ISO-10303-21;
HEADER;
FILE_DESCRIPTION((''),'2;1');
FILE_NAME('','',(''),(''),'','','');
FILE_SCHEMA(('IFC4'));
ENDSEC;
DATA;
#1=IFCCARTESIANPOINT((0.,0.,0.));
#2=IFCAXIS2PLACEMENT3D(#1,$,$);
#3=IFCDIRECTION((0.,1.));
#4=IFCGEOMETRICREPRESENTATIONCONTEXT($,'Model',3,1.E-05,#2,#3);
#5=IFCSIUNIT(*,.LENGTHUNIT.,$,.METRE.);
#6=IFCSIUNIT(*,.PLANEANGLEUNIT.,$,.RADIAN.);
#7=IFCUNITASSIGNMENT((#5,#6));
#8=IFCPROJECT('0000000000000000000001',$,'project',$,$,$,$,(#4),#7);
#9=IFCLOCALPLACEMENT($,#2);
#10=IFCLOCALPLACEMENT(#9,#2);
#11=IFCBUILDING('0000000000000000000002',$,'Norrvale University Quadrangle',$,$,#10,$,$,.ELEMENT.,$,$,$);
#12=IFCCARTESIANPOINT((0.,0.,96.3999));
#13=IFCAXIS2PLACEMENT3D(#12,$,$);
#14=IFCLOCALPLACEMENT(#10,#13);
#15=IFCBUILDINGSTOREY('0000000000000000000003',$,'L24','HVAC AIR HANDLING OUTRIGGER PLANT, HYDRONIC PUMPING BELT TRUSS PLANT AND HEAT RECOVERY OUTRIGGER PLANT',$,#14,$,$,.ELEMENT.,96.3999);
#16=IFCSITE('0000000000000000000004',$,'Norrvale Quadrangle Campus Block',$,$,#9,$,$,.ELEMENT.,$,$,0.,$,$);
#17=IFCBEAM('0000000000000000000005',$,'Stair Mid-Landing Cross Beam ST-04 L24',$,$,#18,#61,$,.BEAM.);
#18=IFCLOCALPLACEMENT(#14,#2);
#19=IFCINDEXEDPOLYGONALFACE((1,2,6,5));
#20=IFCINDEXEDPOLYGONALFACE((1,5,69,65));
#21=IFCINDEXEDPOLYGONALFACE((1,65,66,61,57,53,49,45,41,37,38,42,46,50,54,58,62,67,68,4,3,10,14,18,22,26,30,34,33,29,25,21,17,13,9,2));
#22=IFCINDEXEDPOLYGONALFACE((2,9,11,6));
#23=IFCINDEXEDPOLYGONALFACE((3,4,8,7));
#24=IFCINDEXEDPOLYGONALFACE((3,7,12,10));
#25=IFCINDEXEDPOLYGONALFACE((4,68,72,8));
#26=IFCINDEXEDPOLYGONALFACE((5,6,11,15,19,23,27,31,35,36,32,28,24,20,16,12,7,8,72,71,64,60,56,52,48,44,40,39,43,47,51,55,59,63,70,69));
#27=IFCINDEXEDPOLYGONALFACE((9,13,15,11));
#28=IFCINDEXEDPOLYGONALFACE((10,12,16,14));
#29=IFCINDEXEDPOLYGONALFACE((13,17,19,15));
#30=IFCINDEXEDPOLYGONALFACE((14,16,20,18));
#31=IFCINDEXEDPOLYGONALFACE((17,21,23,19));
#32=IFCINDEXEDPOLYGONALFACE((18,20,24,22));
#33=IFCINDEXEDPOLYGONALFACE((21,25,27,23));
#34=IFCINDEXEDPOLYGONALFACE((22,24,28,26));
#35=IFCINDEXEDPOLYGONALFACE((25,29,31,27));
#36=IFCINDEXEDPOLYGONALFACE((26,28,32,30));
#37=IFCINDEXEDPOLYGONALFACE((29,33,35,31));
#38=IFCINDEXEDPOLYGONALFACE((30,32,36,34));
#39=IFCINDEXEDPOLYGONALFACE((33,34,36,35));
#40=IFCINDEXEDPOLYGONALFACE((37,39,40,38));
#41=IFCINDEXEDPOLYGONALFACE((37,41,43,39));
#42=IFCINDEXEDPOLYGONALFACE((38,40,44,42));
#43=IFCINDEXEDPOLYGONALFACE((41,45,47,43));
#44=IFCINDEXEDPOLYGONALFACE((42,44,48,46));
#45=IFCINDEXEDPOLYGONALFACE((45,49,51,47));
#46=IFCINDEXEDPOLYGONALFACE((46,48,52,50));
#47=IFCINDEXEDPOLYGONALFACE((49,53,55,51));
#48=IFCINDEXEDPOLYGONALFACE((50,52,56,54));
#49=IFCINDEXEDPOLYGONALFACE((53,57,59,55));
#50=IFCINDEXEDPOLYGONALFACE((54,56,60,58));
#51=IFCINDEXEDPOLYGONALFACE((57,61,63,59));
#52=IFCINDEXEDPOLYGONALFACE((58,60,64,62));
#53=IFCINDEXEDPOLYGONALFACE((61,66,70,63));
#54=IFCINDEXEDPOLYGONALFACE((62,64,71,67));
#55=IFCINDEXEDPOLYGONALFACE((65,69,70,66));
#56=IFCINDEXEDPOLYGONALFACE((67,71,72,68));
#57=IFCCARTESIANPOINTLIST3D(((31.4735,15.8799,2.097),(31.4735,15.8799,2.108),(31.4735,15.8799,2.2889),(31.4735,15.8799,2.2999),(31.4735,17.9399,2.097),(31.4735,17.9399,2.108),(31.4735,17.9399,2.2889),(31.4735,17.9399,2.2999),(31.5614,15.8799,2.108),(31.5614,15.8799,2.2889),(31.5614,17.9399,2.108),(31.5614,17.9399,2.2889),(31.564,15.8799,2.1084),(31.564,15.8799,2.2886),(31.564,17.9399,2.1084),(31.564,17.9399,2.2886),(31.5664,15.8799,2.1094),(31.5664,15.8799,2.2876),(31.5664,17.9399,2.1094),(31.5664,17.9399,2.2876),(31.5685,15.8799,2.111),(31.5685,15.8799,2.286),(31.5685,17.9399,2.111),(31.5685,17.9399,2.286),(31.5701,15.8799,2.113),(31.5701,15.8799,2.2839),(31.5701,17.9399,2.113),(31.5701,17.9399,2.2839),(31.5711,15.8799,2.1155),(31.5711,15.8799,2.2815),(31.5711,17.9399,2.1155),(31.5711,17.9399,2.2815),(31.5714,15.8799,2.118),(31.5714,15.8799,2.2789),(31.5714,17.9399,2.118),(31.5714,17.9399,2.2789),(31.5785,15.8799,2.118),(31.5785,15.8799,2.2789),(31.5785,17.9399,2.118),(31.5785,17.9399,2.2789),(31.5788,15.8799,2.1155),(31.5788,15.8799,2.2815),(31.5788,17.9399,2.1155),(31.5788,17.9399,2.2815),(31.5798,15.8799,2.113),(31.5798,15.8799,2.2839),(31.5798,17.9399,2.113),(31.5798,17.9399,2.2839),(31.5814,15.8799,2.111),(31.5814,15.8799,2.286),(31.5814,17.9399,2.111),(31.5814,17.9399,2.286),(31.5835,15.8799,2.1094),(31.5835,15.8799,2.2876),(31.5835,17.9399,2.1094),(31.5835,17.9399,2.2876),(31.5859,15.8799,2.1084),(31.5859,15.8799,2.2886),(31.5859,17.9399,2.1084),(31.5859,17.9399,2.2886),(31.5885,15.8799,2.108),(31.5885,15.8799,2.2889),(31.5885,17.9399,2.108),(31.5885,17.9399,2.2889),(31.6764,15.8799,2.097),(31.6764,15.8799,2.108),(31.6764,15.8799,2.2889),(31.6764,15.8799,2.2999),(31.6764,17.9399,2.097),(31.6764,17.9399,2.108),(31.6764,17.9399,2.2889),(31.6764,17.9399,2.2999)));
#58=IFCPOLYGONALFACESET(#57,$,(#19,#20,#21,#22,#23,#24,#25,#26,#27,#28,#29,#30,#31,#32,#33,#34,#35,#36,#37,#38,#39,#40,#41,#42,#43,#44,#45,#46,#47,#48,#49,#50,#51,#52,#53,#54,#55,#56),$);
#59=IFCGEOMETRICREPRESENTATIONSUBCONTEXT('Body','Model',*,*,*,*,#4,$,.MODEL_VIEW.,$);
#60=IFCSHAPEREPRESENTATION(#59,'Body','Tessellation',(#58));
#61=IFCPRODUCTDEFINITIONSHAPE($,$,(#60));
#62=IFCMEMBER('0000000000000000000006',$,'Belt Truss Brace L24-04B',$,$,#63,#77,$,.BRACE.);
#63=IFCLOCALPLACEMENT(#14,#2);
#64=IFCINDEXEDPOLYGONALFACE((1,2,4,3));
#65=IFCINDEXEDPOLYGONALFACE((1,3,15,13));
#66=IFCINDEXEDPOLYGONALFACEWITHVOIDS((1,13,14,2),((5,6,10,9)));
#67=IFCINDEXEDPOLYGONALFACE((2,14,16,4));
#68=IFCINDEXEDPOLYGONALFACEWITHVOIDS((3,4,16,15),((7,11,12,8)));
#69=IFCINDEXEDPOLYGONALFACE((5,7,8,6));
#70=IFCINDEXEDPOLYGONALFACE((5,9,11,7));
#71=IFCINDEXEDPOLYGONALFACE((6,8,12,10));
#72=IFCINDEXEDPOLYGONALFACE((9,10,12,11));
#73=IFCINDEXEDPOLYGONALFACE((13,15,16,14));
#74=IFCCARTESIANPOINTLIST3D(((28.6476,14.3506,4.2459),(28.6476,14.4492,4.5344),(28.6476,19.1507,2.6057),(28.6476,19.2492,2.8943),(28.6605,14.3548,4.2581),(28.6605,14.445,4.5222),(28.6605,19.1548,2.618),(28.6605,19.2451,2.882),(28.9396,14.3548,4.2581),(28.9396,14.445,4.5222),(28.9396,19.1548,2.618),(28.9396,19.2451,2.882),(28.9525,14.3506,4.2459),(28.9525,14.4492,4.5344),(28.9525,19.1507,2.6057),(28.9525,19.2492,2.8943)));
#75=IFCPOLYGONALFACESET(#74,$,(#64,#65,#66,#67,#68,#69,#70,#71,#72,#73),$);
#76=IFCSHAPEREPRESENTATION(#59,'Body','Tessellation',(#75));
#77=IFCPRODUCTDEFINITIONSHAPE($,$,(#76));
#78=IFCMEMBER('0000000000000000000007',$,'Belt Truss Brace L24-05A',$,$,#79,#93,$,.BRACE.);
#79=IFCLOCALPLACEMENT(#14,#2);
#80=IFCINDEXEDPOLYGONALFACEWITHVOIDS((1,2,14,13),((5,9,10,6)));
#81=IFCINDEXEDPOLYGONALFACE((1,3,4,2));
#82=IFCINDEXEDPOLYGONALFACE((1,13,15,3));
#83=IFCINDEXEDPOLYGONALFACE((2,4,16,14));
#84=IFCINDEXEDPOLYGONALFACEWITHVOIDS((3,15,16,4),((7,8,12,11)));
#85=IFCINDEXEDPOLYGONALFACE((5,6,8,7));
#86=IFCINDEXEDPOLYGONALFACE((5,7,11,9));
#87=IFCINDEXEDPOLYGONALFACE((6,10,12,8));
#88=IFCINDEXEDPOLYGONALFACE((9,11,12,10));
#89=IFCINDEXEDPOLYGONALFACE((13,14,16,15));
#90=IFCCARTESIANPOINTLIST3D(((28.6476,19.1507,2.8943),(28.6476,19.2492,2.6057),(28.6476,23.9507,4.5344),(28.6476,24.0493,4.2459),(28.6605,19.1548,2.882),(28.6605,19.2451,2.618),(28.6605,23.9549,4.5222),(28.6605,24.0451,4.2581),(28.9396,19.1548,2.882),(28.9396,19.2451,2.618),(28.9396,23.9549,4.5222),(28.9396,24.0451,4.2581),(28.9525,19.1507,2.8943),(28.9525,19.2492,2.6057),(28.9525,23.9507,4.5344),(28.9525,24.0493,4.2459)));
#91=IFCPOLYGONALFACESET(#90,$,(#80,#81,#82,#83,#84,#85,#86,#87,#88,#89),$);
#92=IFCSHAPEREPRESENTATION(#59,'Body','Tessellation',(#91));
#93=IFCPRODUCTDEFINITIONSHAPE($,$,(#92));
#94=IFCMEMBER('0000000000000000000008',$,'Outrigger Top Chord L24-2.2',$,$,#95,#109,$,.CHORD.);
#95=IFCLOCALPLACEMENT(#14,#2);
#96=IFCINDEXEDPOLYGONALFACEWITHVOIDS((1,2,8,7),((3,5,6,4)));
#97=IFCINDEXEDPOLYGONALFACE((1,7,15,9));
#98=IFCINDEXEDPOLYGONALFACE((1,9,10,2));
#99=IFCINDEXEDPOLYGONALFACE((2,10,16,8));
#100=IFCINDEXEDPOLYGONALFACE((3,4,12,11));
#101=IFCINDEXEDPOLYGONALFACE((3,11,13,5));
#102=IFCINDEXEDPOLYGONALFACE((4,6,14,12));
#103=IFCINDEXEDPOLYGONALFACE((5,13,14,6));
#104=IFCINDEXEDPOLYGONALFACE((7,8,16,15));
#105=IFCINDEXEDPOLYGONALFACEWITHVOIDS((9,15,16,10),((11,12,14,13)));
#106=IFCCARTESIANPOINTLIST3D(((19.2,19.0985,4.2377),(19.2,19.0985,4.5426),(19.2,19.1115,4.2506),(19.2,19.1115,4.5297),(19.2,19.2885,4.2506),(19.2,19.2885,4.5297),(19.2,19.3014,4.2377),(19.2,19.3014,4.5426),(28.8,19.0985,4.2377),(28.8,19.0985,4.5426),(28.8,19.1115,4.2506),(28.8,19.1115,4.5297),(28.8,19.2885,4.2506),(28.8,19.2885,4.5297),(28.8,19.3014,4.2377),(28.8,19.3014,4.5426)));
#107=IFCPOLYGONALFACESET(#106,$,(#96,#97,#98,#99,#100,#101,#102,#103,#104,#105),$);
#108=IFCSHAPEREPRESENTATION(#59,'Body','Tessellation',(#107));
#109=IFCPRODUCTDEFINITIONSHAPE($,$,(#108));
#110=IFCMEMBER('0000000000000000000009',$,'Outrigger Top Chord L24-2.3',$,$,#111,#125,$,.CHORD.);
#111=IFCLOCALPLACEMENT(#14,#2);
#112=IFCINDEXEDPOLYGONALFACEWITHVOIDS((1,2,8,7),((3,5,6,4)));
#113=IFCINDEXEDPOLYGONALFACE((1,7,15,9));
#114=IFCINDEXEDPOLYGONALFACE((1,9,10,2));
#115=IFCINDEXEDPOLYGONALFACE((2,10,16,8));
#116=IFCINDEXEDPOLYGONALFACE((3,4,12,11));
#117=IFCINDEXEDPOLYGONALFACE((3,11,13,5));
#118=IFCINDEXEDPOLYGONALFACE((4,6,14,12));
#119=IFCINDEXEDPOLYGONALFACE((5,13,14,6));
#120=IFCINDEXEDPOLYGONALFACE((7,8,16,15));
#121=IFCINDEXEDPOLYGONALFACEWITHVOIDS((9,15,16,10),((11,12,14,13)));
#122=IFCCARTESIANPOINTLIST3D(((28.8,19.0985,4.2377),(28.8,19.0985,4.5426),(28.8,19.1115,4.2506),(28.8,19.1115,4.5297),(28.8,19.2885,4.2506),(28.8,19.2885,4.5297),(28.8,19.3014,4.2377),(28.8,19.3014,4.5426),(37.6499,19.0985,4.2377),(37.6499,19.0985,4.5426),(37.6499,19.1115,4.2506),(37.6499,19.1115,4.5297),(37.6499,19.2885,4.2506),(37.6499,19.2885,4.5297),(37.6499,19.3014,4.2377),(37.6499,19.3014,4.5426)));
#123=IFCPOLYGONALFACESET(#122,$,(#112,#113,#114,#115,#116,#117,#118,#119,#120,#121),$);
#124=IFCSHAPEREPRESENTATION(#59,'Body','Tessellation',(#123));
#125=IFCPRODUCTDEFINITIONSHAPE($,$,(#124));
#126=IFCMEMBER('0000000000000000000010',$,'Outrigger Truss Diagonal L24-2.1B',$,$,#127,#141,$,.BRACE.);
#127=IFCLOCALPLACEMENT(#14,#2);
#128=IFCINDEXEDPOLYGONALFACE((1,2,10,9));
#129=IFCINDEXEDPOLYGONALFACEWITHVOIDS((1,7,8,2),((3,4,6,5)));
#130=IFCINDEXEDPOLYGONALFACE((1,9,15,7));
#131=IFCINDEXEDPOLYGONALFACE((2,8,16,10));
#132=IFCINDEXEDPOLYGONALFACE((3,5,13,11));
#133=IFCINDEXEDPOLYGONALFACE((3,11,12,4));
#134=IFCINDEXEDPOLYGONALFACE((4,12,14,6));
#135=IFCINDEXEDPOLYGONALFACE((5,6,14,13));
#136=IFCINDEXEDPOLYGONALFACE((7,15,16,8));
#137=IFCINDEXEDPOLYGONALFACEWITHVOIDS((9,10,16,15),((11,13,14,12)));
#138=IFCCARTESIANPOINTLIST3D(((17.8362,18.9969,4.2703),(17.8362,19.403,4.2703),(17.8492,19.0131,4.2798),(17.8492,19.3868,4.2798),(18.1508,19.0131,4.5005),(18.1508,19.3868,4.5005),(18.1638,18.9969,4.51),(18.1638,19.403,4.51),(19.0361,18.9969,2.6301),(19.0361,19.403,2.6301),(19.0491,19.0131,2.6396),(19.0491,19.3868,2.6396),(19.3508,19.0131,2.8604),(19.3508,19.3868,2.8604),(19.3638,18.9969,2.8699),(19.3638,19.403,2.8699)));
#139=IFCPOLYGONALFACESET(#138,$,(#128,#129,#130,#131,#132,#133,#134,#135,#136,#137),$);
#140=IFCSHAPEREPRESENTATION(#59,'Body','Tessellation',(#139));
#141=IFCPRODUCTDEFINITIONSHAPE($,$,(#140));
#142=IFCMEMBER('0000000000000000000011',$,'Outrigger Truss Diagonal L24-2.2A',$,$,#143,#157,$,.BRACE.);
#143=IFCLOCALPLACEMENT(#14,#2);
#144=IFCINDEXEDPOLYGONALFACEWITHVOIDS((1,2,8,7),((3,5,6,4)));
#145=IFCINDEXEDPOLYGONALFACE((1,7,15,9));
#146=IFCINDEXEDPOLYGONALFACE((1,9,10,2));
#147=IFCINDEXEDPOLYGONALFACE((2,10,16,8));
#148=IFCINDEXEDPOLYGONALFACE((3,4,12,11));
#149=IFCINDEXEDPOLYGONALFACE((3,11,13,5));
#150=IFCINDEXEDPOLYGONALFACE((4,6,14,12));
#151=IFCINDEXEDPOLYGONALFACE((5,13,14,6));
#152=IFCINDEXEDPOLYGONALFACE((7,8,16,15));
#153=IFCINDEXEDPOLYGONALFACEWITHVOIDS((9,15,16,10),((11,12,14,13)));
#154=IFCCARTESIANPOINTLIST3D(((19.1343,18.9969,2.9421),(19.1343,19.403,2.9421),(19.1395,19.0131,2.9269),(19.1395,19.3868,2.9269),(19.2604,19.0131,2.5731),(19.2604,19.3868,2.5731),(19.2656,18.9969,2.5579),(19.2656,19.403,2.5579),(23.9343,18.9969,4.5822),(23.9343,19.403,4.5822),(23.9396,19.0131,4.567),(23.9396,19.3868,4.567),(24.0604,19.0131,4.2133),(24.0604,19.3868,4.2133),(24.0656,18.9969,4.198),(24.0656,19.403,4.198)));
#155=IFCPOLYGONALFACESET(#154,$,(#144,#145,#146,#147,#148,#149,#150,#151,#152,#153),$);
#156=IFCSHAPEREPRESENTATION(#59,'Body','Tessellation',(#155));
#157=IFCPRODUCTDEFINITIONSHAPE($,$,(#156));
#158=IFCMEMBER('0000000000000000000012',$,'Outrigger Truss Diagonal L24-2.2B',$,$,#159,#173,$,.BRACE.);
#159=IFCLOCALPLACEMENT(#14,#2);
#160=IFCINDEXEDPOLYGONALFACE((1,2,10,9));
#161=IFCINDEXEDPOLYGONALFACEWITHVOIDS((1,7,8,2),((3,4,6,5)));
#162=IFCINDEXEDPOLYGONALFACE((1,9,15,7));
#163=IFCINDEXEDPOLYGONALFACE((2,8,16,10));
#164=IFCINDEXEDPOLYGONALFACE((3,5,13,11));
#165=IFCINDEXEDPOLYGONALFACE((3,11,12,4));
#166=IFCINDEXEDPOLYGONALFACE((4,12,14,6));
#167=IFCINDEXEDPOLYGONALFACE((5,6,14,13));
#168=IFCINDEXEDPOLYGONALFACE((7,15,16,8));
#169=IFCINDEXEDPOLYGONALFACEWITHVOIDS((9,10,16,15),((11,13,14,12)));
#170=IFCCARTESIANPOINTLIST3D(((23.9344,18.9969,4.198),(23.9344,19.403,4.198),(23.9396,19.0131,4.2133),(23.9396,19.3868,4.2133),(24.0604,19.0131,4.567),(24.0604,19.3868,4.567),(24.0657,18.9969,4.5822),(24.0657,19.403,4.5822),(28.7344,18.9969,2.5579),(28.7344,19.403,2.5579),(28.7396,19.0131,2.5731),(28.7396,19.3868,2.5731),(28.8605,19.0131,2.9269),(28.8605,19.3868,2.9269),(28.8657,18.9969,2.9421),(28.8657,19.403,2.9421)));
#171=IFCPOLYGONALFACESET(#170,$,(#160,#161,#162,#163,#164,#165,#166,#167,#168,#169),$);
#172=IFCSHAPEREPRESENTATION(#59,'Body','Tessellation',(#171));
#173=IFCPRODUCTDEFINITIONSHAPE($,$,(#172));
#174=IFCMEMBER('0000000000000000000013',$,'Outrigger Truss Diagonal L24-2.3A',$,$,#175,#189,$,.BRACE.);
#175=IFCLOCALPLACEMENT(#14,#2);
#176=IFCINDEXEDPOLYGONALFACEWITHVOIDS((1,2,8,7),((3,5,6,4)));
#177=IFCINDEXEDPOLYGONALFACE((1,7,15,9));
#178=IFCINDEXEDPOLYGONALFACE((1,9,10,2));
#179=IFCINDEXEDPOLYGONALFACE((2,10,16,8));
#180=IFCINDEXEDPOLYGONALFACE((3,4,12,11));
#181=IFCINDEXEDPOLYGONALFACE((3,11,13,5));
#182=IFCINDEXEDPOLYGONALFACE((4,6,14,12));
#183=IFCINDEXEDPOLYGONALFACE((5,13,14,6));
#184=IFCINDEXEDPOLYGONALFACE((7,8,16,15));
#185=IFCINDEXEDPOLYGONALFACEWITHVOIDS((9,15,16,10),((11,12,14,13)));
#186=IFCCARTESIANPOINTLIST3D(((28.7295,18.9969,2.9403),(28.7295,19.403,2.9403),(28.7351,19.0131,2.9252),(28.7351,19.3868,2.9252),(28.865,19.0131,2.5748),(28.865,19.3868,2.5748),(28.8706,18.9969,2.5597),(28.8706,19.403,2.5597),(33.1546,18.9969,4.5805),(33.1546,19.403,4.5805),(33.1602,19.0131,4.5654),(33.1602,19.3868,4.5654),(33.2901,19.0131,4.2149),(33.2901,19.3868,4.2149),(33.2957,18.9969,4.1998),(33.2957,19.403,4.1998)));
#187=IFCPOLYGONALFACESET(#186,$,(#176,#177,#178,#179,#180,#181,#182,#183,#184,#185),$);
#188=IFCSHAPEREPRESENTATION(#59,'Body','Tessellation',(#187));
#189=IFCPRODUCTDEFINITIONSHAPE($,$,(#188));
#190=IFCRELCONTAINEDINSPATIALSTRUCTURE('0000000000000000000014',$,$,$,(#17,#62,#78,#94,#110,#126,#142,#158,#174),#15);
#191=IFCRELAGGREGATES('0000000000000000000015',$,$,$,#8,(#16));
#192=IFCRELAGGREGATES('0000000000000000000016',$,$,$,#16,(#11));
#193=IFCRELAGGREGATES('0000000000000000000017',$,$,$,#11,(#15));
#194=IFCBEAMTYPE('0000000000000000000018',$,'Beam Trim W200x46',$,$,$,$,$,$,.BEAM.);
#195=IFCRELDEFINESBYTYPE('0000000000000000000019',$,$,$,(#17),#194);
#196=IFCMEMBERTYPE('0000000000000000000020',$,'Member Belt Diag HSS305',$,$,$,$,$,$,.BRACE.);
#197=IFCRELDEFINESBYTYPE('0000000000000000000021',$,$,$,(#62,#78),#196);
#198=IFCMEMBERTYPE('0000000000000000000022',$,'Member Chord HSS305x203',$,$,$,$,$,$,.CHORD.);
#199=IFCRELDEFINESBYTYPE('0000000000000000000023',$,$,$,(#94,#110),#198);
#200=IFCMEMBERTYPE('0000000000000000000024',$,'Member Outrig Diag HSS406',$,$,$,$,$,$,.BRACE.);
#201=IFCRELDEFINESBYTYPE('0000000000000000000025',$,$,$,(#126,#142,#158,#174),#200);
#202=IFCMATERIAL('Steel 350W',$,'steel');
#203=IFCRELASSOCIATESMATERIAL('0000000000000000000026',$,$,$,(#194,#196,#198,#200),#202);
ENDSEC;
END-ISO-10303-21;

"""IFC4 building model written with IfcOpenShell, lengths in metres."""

from ifc_helpers import new_model, si_unit, direction, frame, origin, origin_2d, place, context, subcontext, project, spatial, hollow_rectangle, i_section, extrude, material, material_profile, profile_set, type_object, element, save


model = new_model("IFC4")

# Units and contexts
model_context = context("Model", 3, precision=1e-05, world=origin(), true_north=direction((0.0, 1.0)))
body_context = subcontext(model_context, "Body", "Model", "MODEL_VIEW")
ifc_project = project(units=[si_unit("LENGTHUNIT", "METRE"), si_unit("PLANEANGLEUNIT", "RADIAN")], contexts=[model_context])

# Site, building, storey
site_placement = place(None, origin())
site = spatial("IfcSite", under=ifc_project, at=site_placement, Name="Norrvale Quadrangle Campus Block", CompositionType="ELEMENT", RefElevation=0.0)
building_placement = place(site_placement, origin())
building = spatial("IfcBuilding", under=site, at=building_placement, Name="Norrvale University Quadrangle", CompositionType="ELEMENT")
storey_placement = place(building_placement, frame((0.0, 0.0, 96.3999)))
storey = spatial("IfcBuildingStorey", under=building, at=storey_placement, Name="L24", Description="HVAC AIR HANDLING OUTRIGGER PLANT, HYDRONIC PUMPING BELT TRUSS PLANT AND HEAT RECOVERY OUTRIGGER PLANT", CompositionType="ELEMENT", Elevation=96.3999)

# Beam
ifc_material_1 = material(Name="Steel 350W", Category="steel")
ifc_material_profile_1 = material_profile(ifc_material_1, i_section(OverallWidth=0.2029, OverallDepth=0.2029, WebThickness=0.0071, FlangeThickness=0.011, FilletRadius=0.01, at=origin_2d()), Name="Steel 350W")
ifc_profile_set_1 = profile_set([ifc_material_profile_1], Name="Steel 350W")
beam_type_1 = type_object("IfcBeamType", Name="Beam Trim W200x46", PredefinedType="BEAM", material=ifc_profile_set_1)
beam_1_placement = place(storey_placement, frame((31.575, 15.8799, 2.1985), z_axis=(0.0, 1.0, 0.0), x_axis=(-1.0, 0.0, 0.0)))
element("IfcBeam", 1, at=beam_1_placement, inside=storey, type_object=beam_type_1, Name="Stair Mid-Landing Cross Beam ST-04 L24", PredefinedType="BEAM", context=body_context, shape_type="SweptSolid", body=[
    extrude(i_section(OverallWidth=0.2029, OverallDepth=0.2029, WebThickness=0.0071, FlangeThickness=0.011, FilletRadius=0.01, at=origin_2d()), origin(), (0.0, 0.0, 1.0), 2.0601),
])

# Members
ifc_material_profile_2 = material_profile(ifc_material_1, hollow_rectangle(XDim=0.3049, YDim=0.3049, WallThickness=0.0129, at=origin_2d()), Name="Steel 350W")
ifc_profile_set_2 = profile_set([ifc_material_profile_2], Name="Steel 350W")
member_type_1 = type_object("IfcMemberType", Name="Member Belt Diag HSS305", PredefinedType="BRACE", material=ifc_profile_set_2)
for number, where, z_axis, x_axis, name in (
    (2, (28.8, 19.2, 2.75), (0.0, -0.946284, 0.323337), (1.0, 0.0, 0.0), "Belt Truss Brace L24-04B"),
    (3, (28.8, 19.2, 2.75), (0.0, 0.946284, 0.323337), (-1.0, 0.0, 0.0), "Belt Truss Brace L24-05A"),
):
    element("IfcMember", number, at=place(storey_placement, frame(where, z_axis=z_axis, x_axis=x_axis)), inside=storey, type_object=member_type_1, Name=name, PredefinedType="BRACE", context=body_context, shape_type="SweptSolid", body=[
        extrude(hollow_rectangle(XDim=0.3049, YDim=0.3049, WallThickness=0.0129, at=origin_2d()), origin(), (0.0, 0.0, 1.0), 5.0725),
    ])
ifc_material_profile_3 = material_profile(ifc_material_1, hollow_rectangle(XDim=0.2029, YDim=0.3049, WallThickness=0.0129, at=origin_2d()), Name="Steel 350W")
ifc_profile_set_3 = profile_set([ifc_material_profile_3], Name="Steel 350W")
member_type_2 = type_object("IfcMemberType", Name="Member Chord HSS305x203", PredefinedType="CHORD", material=ifc_profile_set_3)
member_1_placement = place(storey_placement, frame((19.2, 19.2, 4.3901), z_axis=(1.0, 0.0, 0.0), x_axis=(0.0, 1.0, 0.0)))
element("IfcMember", 4, at=member_1_placement, inside=storey, type_object=member_type_2, Name="Outrigger Top Chord L24-2.2", PredefinedType="CHORD", context=body_context, shape_type="SweptSolid", body=[
    extrude(hollow_rectangle(XDim=0.2029, YDim=0.3049, WallThickness=0.0129, at=origin_2d()), origin(), (0.0, 0.0, 1.0), 9.6001),
])
member_2_placement = place(storey_placement, frame((28.8, 19.2, 4.3901), z_axis=(1.0, 0.0, 0.0), x_axis=(0.0, 1.0, 0.0)))
element("IfcMember", 5, at=member_2_placement, inside=storey, type_object=member_type_2, Name="Outrigger Top Chord L24-2.3", PredefinedType="CHORD", context=body_context, shape_type="SweptSolid", body=[
    extrude(hollow_rectangle(XDim=0.2029, YDim=0.3049, WallThickness=0.0129, at=origin_2d()), origin(), (0.0, 0.0, 1.0), 8.8499),
])
ifc_material_profile_4 = material_profile(ifc_material_1, hollow_rectangle(XDim=0.406, YDim=0.406, WallThickness=0.0161, at=origin_2d()), Name="Steel 350W")
ifc_profile_set_4 = profile_set([ifc_material_profile_4], Name="Steel 350W")
member_type_3 = type_object("IfcMemberType", Name="Member Outrig Diag HSS406", PredefinedType="BRACE", material=ifc_profile_set_4)
member_3_placement = place(storey_placement, frame((19.2, 19.2, 2.75), z_axis=(-0.590462, 0.0, 0.807065), x_axis=(0.0, -1.0, 0.0)))
element("IfcMember", 6, at=member_3_placement, inside=storey, type_object=member_type_3, Name="Outrigger Truss Diagonal L24-2.1B", PredefinedType="BRACE", context=body_context, shape_type="SweptSolid", body=[
    extrude(hollow_rectangle(XDim=0.406, YDim=0.406, WallThickness=0.0161, at=origin_2d()), origin(), (0.0, 0.0, 1.0), 2.0322),
])
for number, where, z_axis, x_axis, name in (
    (7, (19.2, 19.2, 2.75), (0.946284, 0.0, 0.323337), (0.0, 1.0, 0.0), "Outrigger Truss Diagonal L24-2.2A"),
    (8, (28.8, 19.2, 2.75), (-0.946284, 0.0, 0.323337), (0.0, -1.0, 0.0), "Outrigger Truss Diagonal L24-2.2B"),
):
    element("IfcMember", number, at=place(storey_placement, frame(where, z_axis=z_axis, x_axis=x_axis)), inside=storey, type_object=member_type_3, Name=name, PredefinedType="BRACE", context=body_context, shape_type="SweptSolid", body=[
        extrude(hollow_rectangle(XDim=0.406, YDim=0.406, WallThickness=0.0161, at=origin_2d()), origin(), (0.0, 0.0, 1.0), 5.0725),
    ])
member_4_placement = place(storey_placement, frame((28.8, 19.2, 2.75), z_axis=(0.937664, 0.0, 0.347543), x_axis=(0.0, 1.0, 0.0)))
element("IfcMember", 9, at=member_4_placement, inside=storey, type_object=member_type_3, Name="Outrigger Truss Diagonal L24-2.3A", PredefinedType="BRACE", context=body_context, shape_type="SweptSolid", body=[
    extrude(hollow_rectangle(XDim=0.406, YDim=0.406, WallThickness=0.0161, at=origin_2d()), origin(), (0.0, 0.0, 1.0), 4.7192),
])

save(model, "model.ifc")
